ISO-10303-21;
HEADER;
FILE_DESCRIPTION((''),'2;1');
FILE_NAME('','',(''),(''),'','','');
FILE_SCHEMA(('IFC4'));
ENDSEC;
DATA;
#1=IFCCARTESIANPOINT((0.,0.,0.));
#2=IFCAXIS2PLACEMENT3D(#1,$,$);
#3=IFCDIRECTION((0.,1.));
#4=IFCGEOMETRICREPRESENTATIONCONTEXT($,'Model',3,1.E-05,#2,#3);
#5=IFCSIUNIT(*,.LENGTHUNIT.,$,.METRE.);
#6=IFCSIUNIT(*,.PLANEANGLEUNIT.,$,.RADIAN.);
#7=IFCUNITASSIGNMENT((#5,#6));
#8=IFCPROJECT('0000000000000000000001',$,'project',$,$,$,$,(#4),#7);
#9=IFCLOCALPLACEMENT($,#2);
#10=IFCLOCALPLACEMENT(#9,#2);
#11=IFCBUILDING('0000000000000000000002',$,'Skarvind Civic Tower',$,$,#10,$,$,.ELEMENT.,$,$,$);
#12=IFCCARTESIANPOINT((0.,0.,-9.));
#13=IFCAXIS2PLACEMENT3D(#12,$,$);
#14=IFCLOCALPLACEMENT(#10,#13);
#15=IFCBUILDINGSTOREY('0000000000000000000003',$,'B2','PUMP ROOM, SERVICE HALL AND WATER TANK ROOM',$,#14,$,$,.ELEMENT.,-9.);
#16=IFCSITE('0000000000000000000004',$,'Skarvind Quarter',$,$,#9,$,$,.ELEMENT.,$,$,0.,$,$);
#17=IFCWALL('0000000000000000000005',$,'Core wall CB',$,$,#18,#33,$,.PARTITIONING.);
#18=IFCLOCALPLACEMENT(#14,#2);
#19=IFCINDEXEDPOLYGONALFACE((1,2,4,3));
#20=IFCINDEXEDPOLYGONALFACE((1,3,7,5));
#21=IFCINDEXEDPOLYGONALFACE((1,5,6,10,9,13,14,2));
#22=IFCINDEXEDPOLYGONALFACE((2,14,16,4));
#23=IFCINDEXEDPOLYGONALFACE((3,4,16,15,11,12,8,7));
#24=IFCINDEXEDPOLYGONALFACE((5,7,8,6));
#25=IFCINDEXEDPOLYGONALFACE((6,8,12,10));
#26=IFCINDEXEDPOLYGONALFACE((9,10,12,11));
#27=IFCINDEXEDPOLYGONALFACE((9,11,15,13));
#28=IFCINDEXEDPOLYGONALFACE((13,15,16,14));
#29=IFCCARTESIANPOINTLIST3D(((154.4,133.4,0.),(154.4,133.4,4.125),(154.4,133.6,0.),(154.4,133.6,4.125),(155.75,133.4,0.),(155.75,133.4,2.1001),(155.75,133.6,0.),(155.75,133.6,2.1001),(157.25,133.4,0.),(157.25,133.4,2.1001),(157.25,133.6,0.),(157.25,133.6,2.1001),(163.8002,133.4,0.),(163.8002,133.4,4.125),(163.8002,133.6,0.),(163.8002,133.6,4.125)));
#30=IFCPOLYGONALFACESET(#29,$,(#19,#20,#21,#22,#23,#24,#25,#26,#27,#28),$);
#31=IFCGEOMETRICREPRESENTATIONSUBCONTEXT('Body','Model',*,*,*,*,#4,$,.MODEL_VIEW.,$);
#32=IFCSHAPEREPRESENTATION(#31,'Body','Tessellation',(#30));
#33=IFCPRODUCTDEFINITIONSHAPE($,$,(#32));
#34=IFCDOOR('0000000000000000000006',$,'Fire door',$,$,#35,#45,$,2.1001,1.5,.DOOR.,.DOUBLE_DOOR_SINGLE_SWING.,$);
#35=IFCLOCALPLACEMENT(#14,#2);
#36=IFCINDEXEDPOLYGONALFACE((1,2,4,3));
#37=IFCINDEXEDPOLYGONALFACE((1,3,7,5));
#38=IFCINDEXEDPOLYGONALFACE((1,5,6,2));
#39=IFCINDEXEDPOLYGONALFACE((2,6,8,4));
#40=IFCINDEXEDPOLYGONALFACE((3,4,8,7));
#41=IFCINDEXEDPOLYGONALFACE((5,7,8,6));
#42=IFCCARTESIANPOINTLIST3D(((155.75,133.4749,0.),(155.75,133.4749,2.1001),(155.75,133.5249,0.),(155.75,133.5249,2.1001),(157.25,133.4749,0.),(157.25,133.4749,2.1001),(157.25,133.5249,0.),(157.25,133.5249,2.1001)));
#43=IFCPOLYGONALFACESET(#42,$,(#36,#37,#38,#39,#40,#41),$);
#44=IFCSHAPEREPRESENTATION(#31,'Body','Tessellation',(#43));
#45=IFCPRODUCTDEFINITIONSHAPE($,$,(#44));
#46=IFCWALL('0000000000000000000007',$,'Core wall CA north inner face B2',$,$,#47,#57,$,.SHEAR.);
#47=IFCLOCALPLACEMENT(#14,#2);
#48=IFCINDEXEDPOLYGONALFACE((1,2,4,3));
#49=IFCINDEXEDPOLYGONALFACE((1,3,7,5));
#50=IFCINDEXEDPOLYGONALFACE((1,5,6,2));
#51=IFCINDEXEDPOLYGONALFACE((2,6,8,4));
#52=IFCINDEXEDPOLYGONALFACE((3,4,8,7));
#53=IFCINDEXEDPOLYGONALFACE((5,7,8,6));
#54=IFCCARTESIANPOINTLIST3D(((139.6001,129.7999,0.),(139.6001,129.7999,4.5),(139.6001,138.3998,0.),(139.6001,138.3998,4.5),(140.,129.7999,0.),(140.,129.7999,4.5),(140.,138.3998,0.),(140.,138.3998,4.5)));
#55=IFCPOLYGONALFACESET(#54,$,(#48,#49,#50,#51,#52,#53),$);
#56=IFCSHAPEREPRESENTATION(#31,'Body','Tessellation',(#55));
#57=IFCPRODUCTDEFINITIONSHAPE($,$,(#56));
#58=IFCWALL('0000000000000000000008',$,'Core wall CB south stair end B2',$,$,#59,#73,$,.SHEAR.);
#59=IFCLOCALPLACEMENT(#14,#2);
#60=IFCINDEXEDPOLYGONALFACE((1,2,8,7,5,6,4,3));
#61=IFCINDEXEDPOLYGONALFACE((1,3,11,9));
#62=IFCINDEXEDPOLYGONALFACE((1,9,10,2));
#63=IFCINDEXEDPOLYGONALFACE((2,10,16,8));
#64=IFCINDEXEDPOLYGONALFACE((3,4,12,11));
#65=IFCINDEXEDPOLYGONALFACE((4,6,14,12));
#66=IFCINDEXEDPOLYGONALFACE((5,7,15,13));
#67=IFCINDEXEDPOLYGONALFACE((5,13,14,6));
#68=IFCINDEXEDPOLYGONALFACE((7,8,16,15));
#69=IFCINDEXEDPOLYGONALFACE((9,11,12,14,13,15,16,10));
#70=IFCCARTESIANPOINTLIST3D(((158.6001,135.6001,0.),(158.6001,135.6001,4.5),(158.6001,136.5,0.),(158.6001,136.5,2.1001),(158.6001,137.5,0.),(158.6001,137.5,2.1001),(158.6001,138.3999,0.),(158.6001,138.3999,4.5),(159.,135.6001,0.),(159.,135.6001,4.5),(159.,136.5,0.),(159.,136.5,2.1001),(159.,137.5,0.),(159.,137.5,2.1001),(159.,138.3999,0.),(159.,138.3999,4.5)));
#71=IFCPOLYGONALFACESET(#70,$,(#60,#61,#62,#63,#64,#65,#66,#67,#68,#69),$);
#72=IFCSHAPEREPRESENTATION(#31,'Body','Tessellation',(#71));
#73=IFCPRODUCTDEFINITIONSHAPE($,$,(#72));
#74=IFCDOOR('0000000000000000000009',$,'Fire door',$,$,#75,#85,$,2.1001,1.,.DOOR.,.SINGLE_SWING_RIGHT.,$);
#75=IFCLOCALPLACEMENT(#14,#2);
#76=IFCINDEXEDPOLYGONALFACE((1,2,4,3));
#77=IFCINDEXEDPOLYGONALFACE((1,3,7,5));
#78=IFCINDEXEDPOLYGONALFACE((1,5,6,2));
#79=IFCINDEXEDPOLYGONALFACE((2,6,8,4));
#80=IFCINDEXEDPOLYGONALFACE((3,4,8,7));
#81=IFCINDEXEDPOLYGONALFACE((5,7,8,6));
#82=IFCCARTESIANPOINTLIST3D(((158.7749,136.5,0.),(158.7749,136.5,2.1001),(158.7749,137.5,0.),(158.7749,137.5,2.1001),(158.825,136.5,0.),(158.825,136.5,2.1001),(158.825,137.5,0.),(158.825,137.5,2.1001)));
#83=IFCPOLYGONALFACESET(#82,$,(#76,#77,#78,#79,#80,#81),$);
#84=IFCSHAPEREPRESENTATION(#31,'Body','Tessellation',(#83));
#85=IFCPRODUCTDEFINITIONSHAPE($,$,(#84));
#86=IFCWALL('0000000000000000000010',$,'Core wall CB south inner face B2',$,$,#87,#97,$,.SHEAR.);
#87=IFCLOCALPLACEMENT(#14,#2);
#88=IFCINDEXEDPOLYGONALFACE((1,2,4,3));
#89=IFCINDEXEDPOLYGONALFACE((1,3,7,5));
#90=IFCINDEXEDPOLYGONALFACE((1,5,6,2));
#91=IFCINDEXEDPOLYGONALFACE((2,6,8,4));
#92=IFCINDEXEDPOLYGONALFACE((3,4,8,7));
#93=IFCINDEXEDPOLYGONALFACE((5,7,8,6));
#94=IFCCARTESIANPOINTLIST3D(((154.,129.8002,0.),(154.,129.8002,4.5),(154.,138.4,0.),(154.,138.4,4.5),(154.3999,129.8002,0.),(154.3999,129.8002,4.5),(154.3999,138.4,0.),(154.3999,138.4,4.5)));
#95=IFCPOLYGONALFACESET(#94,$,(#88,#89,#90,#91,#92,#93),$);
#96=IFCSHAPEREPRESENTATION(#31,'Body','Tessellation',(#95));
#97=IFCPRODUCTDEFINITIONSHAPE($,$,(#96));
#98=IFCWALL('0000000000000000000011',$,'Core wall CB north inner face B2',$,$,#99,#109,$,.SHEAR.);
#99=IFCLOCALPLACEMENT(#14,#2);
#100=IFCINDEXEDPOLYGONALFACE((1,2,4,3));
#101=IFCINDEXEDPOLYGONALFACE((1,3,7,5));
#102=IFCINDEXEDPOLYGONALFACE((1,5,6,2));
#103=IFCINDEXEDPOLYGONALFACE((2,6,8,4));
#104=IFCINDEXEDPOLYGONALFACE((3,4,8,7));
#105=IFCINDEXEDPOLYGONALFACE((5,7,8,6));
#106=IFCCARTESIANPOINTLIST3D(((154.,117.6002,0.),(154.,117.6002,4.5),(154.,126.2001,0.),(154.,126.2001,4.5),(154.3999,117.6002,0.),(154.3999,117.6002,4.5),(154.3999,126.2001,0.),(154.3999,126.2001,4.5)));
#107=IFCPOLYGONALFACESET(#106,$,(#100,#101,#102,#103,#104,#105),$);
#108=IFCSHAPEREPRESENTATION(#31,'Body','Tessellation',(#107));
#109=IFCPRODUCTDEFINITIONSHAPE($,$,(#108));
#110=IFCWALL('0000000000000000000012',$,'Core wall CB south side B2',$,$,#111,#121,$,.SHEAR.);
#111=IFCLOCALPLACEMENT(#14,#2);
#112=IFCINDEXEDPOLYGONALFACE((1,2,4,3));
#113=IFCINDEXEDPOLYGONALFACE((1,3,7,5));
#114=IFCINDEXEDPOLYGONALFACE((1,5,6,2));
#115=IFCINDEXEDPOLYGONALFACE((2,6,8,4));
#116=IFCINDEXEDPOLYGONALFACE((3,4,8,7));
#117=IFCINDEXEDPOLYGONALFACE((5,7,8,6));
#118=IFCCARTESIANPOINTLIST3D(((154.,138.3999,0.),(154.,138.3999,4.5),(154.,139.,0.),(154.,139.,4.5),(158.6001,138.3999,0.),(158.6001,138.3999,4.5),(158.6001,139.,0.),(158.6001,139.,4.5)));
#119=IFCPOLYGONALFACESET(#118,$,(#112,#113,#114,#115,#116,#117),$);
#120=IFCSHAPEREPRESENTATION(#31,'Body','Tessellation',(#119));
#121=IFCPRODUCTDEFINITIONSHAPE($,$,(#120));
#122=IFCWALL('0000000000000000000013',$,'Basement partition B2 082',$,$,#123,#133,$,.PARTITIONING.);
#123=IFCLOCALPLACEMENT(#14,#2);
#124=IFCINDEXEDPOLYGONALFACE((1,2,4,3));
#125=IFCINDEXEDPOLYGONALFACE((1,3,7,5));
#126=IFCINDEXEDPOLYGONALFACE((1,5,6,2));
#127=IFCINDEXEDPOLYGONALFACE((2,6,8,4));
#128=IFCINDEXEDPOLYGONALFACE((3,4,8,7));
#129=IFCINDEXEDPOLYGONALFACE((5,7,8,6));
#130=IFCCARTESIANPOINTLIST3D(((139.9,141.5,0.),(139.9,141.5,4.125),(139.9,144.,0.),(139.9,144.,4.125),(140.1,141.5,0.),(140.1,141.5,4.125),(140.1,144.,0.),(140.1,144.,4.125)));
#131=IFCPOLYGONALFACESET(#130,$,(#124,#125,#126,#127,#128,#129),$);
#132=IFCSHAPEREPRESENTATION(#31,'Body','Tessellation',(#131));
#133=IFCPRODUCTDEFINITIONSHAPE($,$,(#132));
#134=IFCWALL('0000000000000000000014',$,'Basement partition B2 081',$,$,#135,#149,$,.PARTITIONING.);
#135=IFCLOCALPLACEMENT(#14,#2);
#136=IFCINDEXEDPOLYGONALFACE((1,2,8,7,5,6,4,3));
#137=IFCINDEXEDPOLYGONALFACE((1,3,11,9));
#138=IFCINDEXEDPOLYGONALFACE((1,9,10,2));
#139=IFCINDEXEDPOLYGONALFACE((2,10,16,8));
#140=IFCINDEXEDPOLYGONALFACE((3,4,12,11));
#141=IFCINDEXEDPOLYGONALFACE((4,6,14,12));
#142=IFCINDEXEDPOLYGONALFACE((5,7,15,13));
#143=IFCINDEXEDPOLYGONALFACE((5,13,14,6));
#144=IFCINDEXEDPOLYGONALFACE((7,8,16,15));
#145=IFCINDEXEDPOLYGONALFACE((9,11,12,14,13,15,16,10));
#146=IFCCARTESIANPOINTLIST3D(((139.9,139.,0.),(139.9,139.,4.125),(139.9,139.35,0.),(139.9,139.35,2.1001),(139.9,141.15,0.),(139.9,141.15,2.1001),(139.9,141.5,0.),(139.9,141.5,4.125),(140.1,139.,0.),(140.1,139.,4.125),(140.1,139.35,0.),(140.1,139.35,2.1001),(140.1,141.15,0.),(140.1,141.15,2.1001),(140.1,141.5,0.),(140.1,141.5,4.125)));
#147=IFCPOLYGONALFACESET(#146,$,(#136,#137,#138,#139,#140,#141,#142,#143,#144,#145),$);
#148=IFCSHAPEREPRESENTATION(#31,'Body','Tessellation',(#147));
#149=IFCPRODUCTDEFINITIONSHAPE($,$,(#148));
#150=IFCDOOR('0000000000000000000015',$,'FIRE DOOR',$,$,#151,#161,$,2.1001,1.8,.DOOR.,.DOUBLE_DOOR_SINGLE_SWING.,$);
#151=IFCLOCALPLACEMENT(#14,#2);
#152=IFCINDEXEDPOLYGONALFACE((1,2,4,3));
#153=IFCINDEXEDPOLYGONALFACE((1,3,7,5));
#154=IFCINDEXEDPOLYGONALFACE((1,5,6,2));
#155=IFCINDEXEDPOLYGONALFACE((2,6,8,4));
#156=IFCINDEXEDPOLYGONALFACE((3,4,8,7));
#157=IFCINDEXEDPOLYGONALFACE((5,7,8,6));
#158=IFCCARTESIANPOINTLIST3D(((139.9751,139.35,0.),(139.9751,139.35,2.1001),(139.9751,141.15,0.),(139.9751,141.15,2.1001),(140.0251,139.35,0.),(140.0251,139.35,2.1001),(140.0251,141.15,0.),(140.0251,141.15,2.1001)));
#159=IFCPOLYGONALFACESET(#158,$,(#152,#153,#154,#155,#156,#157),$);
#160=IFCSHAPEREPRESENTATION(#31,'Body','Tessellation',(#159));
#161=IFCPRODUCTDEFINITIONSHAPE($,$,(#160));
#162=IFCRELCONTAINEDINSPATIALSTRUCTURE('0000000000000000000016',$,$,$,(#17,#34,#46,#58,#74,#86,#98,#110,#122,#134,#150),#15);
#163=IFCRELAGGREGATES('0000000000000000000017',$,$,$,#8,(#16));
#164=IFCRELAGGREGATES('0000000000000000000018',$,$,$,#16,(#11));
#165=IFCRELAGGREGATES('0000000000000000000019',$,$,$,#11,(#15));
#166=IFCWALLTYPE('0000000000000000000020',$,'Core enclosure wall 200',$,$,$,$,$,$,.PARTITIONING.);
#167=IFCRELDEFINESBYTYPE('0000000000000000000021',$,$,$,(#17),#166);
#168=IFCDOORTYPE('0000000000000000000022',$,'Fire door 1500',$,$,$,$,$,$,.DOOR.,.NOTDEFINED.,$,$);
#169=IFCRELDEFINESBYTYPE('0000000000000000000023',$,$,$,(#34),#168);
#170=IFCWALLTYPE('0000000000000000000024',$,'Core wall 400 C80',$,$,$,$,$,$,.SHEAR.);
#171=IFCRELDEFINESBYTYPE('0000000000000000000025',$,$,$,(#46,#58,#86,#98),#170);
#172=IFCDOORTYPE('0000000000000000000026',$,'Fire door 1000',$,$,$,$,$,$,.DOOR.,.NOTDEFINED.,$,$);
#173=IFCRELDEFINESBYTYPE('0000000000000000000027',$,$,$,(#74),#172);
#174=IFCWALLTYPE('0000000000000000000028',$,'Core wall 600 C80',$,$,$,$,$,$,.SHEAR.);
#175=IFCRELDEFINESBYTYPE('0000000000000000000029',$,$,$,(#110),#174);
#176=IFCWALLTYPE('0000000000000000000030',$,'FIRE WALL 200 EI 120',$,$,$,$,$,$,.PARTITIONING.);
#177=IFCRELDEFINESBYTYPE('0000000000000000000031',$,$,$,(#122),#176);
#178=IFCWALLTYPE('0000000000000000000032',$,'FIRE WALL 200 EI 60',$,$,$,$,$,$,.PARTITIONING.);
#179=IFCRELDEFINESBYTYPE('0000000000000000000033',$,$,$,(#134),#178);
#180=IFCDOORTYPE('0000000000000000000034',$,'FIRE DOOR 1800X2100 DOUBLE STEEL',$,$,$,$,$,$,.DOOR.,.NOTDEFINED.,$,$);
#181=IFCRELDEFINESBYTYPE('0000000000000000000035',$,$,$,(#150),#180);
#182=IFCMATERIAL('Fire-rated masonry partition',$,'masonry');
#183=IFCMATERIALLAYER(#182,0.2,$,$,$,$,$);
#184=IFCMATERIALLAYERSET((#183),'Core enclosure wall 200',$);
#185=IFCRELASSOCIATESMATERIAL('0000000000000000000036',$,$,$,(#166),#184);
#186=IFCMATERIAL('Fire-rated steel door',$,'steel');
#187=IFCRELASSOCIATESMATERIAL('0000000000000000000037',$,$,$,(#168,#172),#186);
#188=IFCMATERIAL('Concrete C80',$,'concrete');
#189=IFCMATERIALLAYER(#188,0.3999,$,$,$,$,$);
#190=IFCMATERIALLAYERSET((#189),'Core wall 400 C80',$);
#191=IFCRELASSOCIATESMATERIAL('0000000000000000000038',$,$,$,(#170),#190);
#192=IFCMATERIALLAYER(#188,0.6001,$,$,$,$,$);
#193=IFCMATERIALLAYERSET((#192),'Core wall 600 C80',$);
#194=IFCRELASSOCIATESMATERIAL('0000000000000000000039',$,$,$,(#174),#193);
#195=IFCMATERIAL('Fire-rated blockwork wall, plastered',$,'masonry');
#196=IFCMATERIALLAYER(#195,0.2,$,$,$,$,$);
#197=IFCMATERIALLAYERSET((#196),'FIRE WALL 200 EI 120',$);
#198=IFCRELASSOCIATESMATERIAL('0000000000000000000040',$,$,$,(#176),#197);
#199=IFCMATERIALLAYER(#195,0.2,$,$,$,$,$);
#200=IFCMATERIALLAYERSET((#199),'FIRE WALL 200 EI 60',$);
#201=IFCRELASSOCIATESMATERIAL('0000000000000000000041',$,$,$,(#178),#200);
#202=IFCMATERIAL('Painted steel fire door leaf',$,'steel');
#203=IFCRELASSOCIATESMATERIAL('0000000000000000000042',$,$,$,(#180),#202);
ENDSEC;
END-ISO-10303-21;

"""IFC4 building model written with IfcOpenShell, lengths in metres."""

from ifc_helpers import new_model, si_unit, direction, frame, frame_2d, origin, place, context, subcontext, project, spatial, rectangle, extrude, material, layer, layer_set, type_object, element, fill, save


model = new_model("IFC4")

# Units and contexts
model_context = context("Model", 3, precision=1e-05, world=origin(), true_north=direction((0.0, 1.0)))
body_context = subcontext(model_context, "Body", "Model", "MODEL_VIEW")
ifc_project = project(units=[si_unit("LENGTHUNIT", "METRE"), si_unit("PLANEANGLEUNIT", "RADIAN")], contexts=[model_context])

# Site, building, storey
site_placement = place(None, origin())
site = spatial("IfcSite", under=ifc_project, at=site_placement, Name="Skarvind Quarter", CompositionType="ELEMENT", RefElevation=0.0)
building_placement = place(site_placement, origin())
building = spatial("IfcBuilding", under=site, at=building_placement, Name="Skarvind Civic Tower", CompositionType="ELEMENT")
storey_placement = place(building_placement, frame((0.0, 0.0, -9.0)))
storey = spatial("IfcBuildingStorey", under=building, at=storey_placement, Name="B2", Description="PUMP ROOM, SERVICE HALL AND WATER TANK ROOM", CompositionType="ELEMENT", Elevation=-9.0)

# Wall, opening, door
ifc_material_1 = material(Name="Fire-rated masonry partition", Category="masonry")
ifc_layer_1 = layer(ifc_material_1, 0.2)
ifc_layer_set_1 = layer_set([ifc_layer_1], Name="Core enclosure wall 200")
wall_type_1 = type_object("IfcWallType", Name="Core enclosure wall 200", PredefinedType="PARTITIONING", material=ifc_layer_set_1)
ifc_material_2 = material(Name="Fire-rated steel door", Category="steel")
wall_1_placement = place(storey_placement, frame((154.3999, 133.5, 0.0), z_axis=(0.0, 0.0, 1.0), x_axis=(1.0, 0.0, 0.0)))
wall_1 = element("IfcWall", 1, at=wall_1_placement, inside=storey, type_object=wall_type_1, Name="Core wall CB", PredefinedType="PARTITIONING", context=body_context, shape_type="SweptSolid", body=[
    extrude(rectangle(XDim=9.4001, YDim=0.2, at=frame_2d((4.7002, 0.0))), origin(), (0.0, 0.0, 1.0), 4.125),
])
opening_1_placement = place(wall_1_placement, frame((1.3501, 0.0, 0.0)))
opening_1 = element("IfcOpeningElement", 2, at=opening_1_placement, cuts=wall_1, PredefinedType="OPENING", context=body_context, shape_type="SweptSolid", body=[
    extrude(rectangle(XDim=1.5, YDim=2.1001, at=frame_2d((0.75, 1.05))), frame((0.0, 0.1099, 0.0), z_axis=(0.0, -1.0, 0.0), x_axis=(1.0, 0.0, 0.0)), (0.0, 0.0, 1.0), 0.22),
])
door_type_1 = type_object("IfcDoorType", Name="Fire door 1500", OperationType="NOTDEFINED", PredefinedType="DOOR", material=ifc_material_2)
door_1_placement = place(opening_1_placement, origin())
door_1 = element("IfcDoor", 3, at=door_1_placement, inside=storey, type_object=door_type_1, Name="Fire door", OperationType="DOUBLE_DOOR_SINGLE_SWING", OverallHeight=2.1001, OverallWidth=1.5, PredefinedType="DOOR", context=body_context, shape_type="SweptSolid", body=[
    extrude(rectangle(XDim=1.5, YDim=2.1001, at=frame_2d((0.75, 1.05))), frame((0.0, 0.0249, 0.0), z_axis=(0.0, -1.0, 0.0), x_axis=(1.0, 0.0, 0.0)), (0.0, 0.0, 1.0), 0.05),
])
fill(opening_1, door_1)

# Wall
ifc_material_3 = material(Name="Concrete C80", Category="concrete")
ifc_layer_2 = layer(ifc_material_3, 0.3999)
ifc_layer_set_2 = layer_set([ifc_layer_2], Name="Core wall 400 C80")
wall_type_2 = type_object("IfcWallType", Name="Core wall 400 C80", PredefinedType="SHEAR", material=ifc_layer_set_2)
wall_2_placement = place(storey_placement, frame((139.8, 129.8, 0.0), z_axis=(0.0, 0.0, 1.0), x_axis=(0.0, 1.0, 0.0)))
element("IfcWall", 4, at=wall_2_placement, inside=storey, type_object=wall_type_2, Name="Core wall CA north inner face B2", PredefinedType="SHEAR", context=body_context, shape_type="SweptSolid", body=[
    extrude(rectangle(XDim=8.5999, YDim=0.3999, at=frame_2d((4.2998, 0.0))), origin(), (0.0, 0.0, 1.0), 4.5),
])

# Wall, opening, door
wall_3_placement = place(storey_placement, frame((158.8, 138.3999, 0.0), z_axis=(0.0, 0.0, 1.0), x_axis=(0.0, -1.0, 0.0)))
wall_3 = element("IfcWall", 5, at=wall_3_placement, inside=storey, type_object=wall_type_2, Name="Core wall CB south stair end B2", PredefinedType="SHEAR", context=body_context, shape_type="SweptSolid", body=[
    extrude(rectangle(XDim=2.7998, YDim=0.3999, at=frame_2d((1.3999, 0.0))), origin(), (0.0, 0.0, 1.0), 4.5),
])
opening_2_placement = place(wall_3_placement, frame((0.8999, 0.0, 0.0)))
opening_2 = element("IfcOpeningElement", 6, at=opening_2_placement, cuts=wall_3, PredefinedType="OPENING", context=body_context, shape_type="SweptSolid", body=[
    extrude(rectangle(XDim=1.0, YDim=2.1001, at=frame_2d((0.5, 1.05))), frame((0.0, 0.21, 0.0), z_axis=(0.0, -1.0, 0.0), x_axis=(1.0, 0.0, 0.0)), (0.0, 0.0, 1.0), 0.4199),
])
door_type_2 = type_object("IfcDoorType", Name="Fire door 1000", OperationType="NOTDEFINED", PredefinedType="DOOR", material=ifc_material_2)
door_2_placement = place(opening_2_placement, origin())
door_2 = element("IfcDoor", 7, at=door_2_placement, inside=storey, type_object=door_type_2, Name="Fire door", OperationType="SINGLE_SWING_RIGHT", OverallHeight=2.1001, OverallWidth=1.0, PredefinedType="DOOR", context=body_context, shape_type="SweptSolid", body=[
    extrude(rectangle(XDim=1.0, YDim=2.1001, at=frame_2d((0.5, 1.05))), frame((0.0, 0.0249, 0.0), z_axis=(0.0, -1.0, 0.0), x_axis=(1.0, 0.0, 0.0)), (0.0, 0.0, 1.0), 0.05),
])
fill(opening_2, door_2)

# Walls
for number, where, z_axis, x_axis, name in (
    (8, (154.2, 138.3999, 0.0), (0.0, 0.0, 1.0), (0.0, -1.0, 0.0), "Core wall CB south inner face B2"),
    (9, (154.2, 126.2, 0.0), (0.0, 0.0, 1.0), (0.0, -1.0, 0.0), "Core wall CB north inner face B2"),
):
    element("IfcWall", number, at=place(storey_placement, frame(where, z_axis=z_axis, x_axis=x_axis)), inside=storey, type_object=wall_type_2, Name=name, PredefinedType="SHEAR", context=body_context, shape_type="SweptSolid", body=[
        extrude(rectangle(XDim=8.5999, YDim=0.3999, at=frame_2d((4.2998, 0.0))), origin(), (0.0, 0.0, 1.0), 4.5),
    ])
ifc_layer_3 = layer(ifc_material_3, 0.6001)
ifc_layer_set_3 = layer_set([ifc_layer_3], Name="Core wall 600 C80")
wall_type_3 = type_object("IfcWallType", Name="Core wall 600 C80", PredefinedType="SHEAR", material=ifc_layer_set_3)
wall_4_placement = place(storey_placement, frame((158.6001, 138.7, 0.0), z_axis=(0.0, 0.0, 1.0), x_axis=(-1.0, 0.0, 0.0)))
element("IfcWall", 10, at=wall_4_placement, inside=storey, type_object=wall_type_3, Name="Core wall CB south side B2", PredefinedType="SHEAR", context=body_context, shape_type="SweptSolid", body=[
    extrude(rectangle(XDim=4.6001, YDim=0.6001, at=frame_2d((2.3, 0.0))), origin(), (0.0, 0.0, 1.0), 4.5),
])
ifc_material_4 = material(Name="Fire-rated blockwork wall, plastered", Category="masonry")
ifc_layer_4 = layer(ifc_material_4, 0.2)
ifc_layer_set_4 = layer_set([ifc_layer_4], Name="FIRE WALL 200 EI 120")
wall_type_4 = type_object("IfcWallType", Name="FIRE WALL 200 EI 120", PredefinedType="PARTITIONING", material=ifc_layer_set_4)
wall_5_placement = place(storey_placement, frame((140.0, 141.5, 0.0), z_axis=(0.0, 0.0, 1.0), x_axis=(0.0, 1.0, 0.0)))
element("IfcWall", 11, at=wall_5_placement, inside=storey, type_object=wall_type_4, Name="Basement partition B2 082", PredefinedType="PARTITIONING", context=body_context, shape_type="SweptSolid", body=[
    extrude(rectangle(XDim=2.5, YDim=0.2, at=frame_2d((1.25, 0.0))), origin(), (0.0, 0.0, 1.0), 4.125),
])

# Wall, opening, door
ifc_layer_5 = layer(ifc_material_4, 0.2)
ifc_layer_set_5 = layer_set([ifc_layer_5], Name="FIRE WALL 200 EI 60")
wall_type_5 = type_object("IfcWallType", Name="FIRE WALL 200 EI 60", PredefinedType="PARTITIONING", material=ifc_layer_set_5)
wall_6_placement = place(storey_placement, frame((140.0, 139.0, 0.0), z_axis=(0.0, 0.0, 1.0), x_axis=(0.0, 1.0, 0.0)))
wall_6 = element("IfcWall", 12, at=wall_6_placement, inside=storey, type_object=wall_type_5, Name="Basement partition B2 081", PredefinedType="PARTITIONING", context=body_context, shape_type="SweptSolid", body=[
    extrude(rectangle(XDim=2.5, YDim=0.2, at=frame_2d((1.25, 0.0))), origin(), (0.0, 0.0, 1.0), 4.125),
])
opening_3_placement = place(wall_6_placement, frame((0.3501, 0.0, 0.0)))
opening_3 = element("IfcOpeningElement", 13, at=opening_3_placement, cuts=wall_6, PredefinedType="OPENING", context=body_context, shape_type="SweptSolid", body=[
    extrude(rectangle(XDim=1.8, YDim=2.1001, at=frame_2d((0.8999, 1.05))), frame((0.0, 0.1099, 0.0), z_axis=(0.0, -1.0, 0.0), x_axis=(1.0, 0.0, 0.0)), (0.0, 0.0, 1.0), 0.22),
])
ifc_material_5 = material(Name="Painted steel fire door leaf", Category="steel")
door_type_3 = type_object("IfcDoorType", Name="FIRE DOOR 1800X2100 DOUBLE STEEL", OperationType="NOTDEFINED", PredefinedType="DOOR", material=ifc_material_5)
door_3_placement = place(opening_3_placement, origin())
door_3 = element("IfcDoor", 14, at=door_3_placement, inside=storey, type_object=door_type_3, Name="FIRE DOOR", OperationType="DOUBLE_DOOR_SINGLE_SWING", OverallHeight=2.1001, OverallWidth=1.8, PredefinedType="DOOR", context=body_context, shape_type="SweptSolid", body=[
    extrude(rectangle(XDim=1.8, YDim=2.1001, at=frame_2d((0.8999, 1.05))), frame((0.0, 0.0249, 0.0), z_axis=(0.0, -1.0, 0.0), x_axis=(1.0, 0.0, 0.0)), (0.0, 0.0, 1.0), 0.05),
])
fill(opening_3, door_3)

save(model, "model.ifc")
